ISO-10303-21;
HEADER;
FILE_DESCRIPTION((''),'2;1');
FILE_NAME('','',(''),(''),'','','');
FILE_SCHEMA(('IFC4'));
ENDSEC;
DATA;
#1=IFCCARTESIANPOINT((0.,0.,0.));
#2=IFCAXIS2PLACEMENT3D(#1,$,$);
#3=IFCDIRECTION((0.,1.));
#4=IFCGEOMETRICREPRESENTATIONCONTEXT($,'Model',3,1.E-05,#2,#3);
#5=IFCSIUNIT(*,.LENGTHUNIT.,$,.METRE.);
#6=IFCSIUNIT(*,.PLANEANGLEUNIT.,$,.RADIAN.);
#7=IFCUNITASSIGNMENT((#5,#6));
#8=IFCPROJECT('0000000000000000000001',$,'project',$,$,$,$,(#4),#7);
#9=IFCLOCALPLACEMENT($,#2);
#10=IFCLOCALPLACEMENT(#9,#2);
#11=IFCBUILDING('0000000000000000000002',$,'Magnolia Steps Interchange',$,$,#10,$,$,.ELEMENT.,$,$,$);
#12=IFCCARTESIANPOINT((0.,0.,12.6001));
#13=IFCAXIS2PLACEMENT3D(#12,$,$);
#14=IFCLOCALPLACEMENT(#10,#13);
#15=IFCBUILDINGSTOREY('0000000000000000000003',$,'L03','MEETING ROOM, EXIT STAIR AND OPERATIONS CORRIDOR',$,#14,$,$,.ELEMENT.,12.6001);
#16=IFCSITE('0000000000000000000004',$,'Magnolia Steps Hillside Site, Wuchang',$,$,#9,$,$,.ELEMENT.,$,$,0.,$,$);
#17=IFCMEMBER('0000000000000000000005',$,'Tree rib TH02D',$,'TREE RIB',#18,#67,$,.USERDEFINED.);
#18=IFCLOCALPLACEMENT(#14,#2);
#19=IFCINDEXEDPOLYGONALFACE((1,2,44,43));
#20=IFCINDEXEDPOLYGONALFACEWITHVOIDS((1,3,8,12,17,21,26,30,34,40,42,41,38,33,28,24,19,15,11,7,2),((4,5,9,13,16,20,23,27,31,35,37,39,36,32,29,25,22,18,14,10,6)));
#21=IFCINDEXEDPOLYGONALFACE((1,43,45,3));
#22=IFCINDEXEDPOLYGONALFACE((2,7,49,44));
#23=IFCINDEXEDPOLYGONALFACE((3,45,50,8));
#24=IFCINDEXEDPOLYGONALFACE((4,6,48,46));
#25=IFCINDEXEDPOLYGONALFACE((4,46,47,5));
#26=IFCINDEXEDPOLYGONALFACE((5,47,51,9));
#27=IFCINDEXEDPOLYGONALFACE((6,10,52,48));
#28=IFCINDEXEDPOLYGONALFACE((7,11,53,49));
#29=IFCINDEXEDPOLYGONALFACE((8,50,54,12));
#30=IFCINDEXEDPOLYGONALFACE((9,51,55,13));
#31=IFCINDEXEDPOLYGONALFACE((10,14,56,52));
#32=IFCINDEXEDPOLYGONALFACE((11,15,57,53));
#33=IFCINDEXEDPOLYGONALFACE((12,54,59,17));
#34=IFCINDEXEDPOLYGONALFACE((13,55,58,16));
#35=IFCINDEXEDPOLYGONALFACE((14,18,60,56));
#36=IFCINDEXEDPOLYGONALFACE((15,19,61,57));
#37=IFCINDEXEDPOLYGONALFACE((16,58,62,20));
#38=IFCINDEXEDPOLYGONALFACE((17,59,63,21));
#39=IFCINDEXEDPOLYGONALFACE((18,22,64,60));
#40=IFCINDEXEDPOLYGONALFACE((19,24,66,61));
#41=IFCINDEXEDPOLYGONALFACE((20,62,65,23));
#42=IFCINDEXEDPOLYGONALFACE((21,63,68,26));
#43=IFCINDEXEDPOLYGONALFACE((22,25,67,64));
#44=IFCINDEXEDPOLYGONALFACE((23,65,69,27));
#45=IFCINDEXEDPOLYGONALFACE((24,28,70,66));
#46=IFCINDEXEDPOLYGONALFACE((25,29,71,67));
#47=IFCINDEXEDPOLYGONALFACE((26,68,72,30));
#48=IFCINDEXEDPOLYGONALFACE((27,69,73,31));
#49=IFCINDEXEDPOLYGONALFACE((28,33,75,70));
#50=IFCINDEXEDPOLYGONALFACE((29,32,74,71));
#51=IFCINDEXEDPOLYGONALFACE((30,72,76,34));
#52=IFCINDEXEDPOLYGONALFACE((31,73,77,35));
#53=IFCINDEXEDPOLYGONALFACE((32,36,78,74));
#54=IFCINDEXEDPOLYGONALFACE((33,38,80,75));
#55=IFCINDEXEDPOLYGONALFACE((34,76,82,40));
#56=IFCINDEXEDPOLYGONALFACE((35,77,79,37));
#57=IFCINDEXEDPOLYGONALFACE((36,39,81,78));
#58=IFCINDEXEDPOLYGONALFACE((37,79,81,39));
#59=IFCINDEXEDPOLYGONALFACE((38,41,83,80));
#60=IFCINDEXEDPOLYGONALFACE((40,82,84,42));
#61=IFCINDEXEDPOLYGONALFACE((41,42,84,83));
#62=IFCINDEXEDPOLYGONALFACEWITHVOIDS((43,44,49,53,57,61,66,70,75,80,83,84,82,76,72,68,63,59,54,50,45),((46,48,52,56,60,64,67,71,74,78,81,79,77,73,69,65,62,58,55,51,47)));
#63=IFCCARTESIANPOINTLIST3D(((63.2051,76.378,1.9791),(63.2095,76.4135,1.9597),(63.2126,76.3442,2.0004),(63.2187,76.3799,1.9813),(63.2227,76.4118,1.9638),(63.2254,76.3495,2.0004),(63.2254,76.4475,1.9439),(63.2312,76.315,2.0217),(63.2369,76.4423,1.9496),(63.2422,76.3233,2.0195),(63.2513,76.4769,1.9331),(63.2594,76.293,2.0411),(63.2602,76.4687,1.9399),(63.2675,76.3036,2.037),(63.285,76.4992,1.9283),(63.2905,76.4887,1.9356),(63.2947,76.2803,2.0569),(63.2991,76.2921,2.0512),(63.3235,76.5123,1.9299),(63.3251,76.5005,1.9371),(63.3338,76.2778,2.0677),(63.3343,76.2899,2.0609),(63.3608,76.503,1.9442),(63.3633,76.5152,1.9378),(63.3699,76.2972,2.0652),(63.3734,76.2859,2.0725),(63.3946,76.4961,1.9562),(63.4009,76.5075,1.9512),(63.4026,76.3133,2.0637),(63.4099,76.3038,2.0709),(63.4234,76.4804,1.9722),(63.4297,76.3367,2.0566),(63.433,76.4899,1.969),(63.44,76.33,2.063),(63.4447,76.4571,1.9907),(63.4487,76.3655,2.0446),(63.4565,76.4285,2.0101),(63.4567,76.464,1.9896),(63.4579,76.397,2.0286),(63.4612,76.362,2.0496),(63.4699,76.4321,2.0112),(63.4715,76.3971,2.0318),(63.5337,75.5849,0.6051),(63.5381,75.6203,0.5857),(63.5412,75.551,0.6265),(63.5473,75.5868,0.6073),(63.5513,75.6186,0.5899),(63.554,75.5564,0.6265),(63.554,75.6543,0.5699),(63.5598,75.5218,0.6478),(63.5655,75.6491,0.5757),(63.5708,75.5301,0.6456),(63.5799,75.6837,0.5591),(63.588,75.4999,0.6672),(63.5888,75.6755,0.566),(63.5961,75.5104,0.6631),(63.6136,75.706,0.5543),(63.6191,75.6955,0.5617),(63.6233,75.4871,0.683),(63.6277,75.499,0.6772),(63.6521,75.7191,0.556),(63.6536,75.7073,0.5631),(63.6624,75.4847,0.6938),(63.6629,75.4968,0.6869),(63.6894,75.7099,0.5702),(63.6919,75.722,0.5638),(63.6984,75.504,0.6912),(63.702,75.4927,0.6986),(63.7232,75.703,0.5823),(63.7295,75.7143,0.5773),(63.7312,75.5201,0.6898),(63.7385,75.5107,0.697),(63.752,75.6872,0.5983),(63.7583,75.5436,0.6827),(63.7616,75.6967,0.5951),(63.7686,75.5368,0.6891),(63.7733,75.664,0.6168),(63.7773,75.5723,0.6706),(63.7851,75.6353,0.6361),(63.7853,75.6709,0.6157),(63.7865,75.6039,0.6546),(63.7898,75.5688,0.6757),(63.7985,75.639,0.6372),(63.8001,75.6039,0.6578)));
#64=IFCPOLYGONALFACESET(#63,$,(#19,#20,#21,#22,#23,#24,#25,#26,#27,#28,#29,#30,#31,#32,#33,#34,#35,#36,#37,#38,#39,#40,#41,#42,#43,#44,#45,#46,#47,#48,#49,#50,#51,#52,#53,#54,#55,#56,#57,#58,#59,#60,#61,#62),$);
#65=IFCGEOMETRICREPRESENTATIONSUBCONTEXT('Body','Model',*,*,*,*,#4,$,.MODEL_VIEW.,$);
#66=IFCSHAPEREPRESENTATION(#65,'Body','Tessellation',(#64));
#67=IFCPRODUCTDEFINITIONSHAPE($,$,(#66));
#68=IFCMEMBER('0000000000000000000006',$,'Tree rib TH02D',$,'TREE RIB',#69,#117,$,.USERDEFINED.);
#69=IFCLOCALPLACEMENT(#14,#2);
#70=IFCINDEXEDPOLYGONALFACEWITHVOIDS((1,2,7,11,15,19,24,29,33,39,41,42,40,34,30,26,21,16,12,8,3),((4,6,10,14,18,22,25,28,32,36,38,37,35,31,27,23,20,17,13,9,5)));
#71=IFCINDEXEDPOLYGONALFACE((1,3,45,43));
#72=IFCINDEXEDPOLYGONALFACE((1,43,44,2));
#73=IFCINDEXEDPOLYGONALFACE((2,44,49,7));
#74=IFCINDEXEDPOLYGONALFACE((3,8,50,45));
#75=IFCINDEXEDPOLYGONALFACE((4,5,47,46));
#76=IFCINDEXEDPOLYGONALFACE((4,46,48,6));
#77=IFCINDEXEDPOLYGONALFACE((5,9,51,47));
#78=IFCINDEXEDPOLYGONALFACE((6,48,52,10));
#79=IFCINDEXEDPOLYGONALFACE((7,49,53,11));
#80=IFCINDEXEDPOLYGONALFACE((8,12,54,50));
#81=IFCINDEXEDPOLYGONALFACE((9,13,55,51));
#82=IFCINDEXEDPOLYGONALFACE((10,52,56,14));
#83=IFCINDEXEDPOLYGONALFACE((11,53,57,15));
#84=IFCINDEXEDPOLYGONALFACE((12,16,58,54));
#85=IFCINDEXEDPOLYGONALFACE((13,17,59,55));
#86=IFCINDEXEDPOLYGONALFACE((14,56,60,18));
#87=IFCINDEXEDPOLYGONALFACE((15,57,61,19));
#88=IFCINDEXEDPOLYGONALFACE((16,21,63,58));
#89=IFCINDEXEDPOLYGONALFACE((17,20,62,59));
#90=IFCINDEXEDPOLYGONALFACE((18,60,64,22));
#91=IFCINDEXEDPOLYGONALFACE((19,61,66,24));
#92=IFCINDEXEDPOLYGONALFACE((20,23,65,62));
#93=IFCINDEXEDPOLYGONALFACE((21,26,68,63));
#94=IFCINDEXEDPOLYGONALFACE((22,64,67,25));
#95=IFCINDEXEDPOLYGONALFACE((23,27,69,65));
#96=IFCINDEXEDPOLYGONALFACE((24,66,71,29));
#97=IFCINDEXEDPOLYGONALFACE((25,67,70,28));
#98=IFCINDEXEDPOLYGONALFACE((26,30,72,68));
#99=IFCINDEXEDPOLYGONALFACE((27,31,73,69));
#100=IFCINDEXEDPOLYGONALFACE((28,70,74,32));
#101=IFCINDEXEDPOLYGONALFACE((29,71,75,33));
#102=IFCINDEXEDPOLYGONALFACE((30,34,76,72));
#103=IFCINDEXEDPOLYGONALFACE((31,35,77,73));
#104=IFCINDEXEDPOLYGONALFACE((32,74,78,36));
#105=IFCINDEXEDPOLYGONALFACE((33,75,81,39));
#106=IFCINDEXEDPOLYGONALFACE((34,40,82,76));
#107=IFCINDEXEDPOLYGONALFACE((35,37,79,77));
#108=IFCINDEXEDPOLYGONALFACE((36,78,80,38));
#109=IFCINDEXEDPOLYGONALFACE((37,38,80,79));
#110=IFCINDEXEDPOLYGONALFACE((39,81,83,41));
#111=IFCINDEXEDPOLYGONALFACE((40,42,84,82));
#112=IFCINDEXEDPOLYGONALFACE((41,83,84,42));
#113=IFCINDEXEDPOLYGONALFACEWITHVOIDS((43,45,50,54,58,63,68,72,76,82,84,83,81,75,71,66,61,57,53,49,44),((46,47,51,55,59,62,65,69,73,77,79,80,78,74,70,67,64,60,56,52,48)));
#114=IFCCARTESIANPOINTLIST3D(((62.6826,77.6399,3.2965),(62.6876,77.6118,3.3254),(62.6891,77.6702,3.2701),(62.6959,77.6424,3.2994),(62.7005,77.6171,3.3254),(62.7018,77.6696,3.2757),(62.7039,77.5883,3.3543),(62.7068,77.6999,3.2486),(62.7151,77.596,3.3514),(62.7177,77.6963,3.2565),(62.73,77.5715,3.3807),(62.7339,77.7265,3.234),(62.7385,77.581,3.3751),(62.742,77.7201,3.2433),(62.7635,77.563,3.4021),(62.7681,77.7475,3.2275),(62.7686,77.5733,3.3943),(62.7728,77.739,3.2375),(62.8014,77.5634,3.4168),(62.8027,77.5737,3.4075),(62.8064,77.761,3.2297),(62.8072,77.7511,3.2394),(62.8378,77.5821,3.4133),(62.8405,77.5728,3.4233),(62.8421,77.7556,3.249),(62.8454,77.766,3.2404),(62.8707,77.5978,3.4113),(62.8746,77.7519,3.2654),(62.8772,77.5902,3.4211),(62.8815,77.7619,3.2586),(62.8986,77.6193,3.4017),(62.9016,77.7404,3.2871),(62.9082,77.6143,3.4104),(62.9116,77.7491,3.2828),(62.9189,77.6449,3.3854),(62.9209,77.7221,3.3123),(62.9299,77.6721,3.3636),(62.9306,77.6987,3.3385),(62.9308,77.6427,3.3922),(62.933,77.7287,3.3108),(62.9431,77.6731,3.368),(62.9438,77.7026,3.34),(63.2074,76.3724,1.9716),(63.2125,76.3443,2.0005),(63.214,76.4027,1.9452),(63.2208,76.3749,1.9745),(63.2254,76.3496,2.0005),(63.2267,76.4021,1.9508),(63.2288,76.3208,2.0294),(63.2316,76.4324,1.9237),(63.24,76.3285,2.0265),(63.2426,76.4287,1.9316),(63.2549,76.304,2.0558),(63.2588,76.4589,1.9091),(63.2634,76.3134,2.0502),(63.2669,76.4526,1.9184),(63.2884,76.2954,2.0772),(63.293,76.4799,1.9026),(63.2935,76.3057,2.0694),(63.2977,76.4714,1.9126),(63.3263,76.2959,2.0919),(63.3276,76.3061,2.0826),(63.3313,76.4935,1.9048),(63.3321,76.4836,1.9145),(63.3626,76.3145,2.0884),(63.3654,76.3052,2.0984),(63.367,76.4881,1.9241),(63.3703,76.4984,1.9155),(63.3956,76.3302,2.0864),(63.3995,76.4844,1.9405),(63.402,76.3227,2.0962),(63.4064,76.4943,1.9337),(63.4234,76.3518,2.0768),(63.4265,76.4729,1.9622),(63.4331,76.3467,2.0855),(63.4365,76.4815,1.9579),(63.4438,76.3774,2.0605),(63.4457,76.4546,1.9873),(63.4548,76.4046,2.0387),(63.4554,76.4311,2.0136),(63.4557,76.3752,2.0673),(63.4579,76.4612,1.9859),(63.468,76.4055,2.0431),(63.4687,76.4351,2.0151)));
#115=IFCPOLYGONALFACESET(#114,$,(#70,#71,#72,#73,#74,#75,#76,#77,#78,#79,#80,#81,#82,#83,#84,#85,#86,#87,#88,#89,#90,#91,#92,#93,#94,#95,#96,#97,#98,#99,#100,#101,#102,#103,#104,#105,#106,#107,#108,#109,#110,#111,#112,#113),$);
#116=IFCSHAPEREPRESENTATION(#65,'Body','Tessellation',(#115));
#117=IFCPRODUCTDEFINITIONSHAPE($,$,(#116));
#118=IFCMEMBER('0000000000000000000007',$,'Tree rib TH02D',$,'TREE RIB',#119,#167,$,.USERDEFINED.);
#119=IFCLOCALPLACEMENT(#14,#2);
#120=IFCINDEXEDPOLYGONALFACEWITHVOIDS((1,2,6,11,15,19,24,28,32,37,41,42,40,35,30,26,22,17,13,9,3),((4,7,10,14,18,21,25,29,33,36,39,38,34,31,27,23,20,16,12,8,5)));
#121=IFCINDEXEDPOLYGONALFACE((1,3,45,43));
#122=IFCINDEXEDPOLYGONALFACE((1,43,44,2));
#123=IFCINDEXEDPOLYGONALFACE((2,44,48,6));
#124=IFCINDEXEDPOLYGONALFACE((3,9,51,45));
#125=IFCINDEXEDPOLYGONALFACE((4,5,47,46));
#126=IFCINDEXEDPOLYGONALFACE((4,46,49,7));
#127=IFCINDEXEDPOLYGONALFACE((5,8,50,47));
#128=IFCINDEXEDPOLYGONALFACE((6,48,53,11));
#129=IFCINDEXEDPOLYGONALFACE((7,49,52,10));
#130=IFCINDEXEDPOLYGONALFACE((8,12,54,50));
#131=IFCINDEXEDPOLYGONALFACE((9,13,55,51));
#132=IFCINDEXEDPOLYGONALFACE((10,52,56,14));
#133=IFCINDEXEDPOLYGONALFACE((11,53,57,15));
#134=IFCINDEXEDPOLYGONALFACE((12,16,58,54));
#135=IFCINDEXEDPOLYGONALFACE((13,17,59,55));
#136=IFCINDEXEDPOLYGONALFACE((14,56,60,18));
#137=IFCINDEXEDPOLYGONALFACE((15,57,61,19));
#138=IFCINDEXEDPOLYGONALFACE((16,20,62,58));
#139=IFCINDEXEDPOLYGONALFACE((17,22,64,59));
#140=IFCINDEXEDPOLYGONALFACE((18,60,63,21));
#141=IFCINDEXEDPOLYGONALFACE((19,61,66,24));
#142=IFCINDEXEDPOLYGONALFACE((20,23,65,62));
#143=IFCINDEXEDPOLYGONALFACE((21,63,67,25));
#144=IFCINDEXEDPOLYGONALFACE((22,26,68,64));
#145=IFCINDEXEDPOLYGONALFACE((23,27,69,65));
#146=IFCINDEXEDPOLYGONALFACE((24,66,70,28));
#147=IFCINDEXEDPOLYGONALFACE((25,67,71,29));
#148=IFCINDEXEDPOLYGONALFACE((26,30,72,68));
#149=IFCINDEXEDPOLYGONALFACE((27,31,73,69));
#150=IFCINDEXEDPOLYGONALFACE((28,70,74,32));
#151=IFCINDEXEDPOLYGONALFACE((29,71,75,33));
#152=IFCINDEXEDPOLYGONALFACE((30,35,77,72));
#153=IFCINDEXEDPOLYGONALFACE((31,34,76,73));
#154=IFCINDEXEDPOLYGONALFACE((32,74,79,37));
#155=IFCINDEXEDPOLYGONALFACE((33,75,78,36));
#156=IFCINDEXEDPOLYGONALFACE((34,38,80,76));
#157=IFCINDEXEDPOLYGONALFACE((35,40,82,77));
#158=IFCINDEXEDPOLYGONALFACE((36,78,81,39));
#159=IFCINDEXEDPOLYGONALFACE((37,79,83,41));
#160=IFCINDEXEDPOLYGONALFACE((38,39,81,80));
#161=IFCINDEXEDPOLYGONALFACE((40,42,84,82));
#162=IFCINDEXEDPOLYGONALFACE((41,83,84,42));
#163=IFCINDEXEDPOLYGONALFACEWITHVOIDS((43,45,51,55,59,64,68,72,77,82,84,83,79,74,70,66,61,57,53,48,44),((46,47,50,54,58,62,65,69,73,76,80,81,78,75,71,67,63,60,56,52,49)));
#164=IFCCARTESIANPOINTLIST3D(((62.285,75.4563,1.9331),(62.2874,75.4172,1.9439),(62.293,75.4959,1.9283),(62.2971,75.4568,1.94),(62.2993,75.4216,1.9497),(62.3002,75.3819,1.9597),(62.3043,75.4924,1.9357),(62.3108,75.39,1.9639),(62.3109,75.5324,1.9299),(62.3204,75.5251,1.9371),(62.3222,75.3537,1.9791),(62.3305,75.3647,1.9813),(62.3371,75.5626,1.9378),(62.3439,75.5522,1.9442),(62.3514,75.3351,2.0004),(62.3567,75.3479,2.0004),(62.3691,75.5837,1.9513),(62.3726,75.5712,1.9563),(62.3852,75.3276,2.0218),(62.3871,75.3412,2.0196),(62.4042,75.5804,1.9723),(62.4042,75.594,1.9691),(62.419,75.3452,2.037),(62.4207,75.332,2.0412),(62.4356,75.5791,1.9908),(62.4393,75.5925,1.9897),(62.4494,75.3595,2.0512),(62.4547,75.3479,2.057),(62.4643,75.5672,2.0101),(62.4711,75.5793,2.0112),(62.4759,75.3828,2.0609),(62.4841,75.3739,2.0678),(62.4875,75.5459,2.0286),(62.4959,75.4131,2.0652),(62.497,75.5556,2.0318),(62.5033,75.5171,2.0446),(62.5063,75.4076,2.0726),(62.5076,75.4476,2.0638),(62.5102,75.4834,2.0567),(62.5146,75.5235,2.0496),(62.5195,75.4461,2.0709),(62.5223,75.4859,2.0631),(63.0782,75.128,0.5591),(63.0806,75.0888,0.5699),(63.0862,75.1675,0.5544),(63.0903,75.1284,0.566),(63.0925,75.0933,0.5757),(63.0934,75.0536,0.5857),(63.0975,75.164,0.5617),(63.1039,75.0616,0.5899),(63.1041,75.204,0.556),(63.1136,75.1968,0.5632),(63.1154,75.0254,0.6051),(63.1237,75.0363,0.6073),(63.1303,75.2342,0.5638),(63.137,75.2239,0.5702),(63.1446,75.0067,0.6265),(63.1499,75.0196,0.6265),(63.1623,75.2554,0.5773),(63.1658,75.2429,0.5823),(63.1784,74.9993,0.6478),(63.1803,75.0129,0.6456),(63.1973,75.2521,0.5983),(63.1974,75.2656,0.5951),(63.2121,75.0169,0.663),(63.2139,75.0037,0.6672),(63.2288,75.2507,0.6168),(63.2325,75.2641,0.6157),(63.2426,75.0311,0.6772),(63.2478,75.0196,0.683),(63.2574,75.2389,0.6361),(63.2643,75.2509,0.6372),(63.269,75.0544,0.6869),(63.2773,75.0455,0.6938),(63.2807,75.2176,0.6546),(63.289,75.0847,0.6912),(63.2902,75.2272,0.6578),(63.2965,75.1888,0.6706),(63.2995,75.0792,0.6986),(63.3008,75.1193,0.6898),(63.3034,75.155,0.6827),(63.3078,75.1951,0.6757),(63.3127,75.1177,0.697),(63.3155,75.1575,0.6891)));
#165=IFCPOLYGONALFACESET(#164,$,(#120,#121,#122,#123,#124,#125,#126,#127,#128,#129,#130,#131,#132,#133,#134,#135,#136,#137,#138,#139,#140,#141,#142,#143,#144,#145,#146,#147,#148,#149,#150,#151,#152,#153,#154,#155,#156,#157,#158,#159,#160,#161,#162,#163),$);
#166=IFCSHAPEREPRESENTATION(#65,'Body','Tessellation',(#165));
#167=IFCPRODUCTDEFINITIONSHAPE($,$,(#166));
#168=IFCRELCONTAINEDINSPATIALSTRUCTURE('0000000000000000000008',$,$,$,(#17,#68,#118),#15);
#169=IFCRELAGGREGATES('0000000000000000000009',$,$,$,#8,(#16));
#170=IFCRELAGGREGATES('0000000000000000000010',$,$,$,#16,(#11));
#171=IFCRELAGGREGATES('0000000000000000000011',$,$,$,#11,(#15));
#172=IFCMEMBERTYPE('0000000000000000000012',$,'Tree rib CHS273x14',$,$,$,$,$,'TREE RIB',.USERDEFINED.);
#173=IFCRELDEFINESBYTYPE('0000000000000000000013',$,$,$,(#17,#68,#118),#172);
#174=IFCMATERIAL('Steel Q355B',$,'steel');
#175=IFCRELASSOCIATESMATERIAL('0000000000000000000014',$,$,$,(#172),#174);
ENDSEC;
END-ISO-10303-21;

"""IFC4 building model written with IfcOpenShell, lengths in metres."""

from ifc_helpers import new_model, si_unit, direction, frame, origin, origin_2d, place, context, subcontext, project, spatial, hollow_circle, extrude, material, material_profile, profile_set, type_object, element, save


model = new_model("IFC4")

# Units and contexts
model_context = context("Model", 3, precision=1e-05, world=origin(), true_north=direction((0.0, 1.0)))
body_context = subcontext(model_context, "Body", "Model", "MODEL_VIEW")
ifc_project = project(units=[si_unit("LENGTHUNIT", "METRE"), si_unit("PLANEANGLEUNIT", "RADIAN")], contexts=[model_context])

# Site, building, storey
site_placement = place(None, origin())
site = spatial("IfcSite", under=ifc_project, at=site_placement, Name="Magnolia Steps Hillside Site, Wuchang", CompositionType="ELEMENT", RefElevation=0.0)
building_placement = place(site_placement, origin())
building = spatial("IfcBuilding", under=site, at=building_placement, Name="Magnolia Steps Interchange", CompositionType="ELEMENT")
storey_placement = place(building_placement, frame((0.0, 0.0, 12.6001)))
storey = spatial("IfcBuildingStorey", under=building, at=storey_placement, Name="L03", Description="MEETING ROOM, EXIT STAIR AND OPERATIONS CORRIDOR", CompositionType="ELEMENT", Elevation=12.6001)

# Members
ifc_material_1 = material(Name="Steel Q355B", Category="steel")
ifc_material_profile_1 = material_profile(ifc_material_1, hollow_circle(Radius=0.1365, WallThickness=0.0139, at=origin_2d()), Name="CHS273x14")
ifc_profile_set_1 = profile_set([ifc_material_profile_1], Name="Steel Q355B")
member_type = type_object("IfcMemberType", Name="Tree rib CHS273x14", ElementType="TREE RIB", PredefinedType="USERDEFINED", material=ifc_profile_set_1)
member_1_placement = place(storey_placement, frame((63.6672, 75.6033, 0.6265), z_axis=(-0.20282, 0.489571, 0.848047), x_axis=(-0.923857, -0.382737, 0.0)))
element("IfcMember", 1, at=member_1_placement, inside=storey, type_object=member_type, Name="Tree rib TH02D", ObjectType="TREE RIB", PredefinedType="USERDEFINED", context=body_context, shape_type="SweptSolid", body=[
    extrude(hollow_circle(Radius=0.1365, WallThickness=0.0139, at=origin_2d()), origin(), (0.0, 0.0, 1.0), 1.6201),
])
member_2_placement = place(storey_placement, frame((63.3386, 76.3965, 2.0005), z_axis=(-0.275208, 0.664595, 0.694676), x_axis=(-0.923917, -0.382593, 0.0)))
element("IfcMember", 2, at=member_2_placement, inside=storey, type_object=member_type, Name="Tree rib TH02D", ObjectType="TREE RIB", PredefinedType="USERDEFINED", context=body_context, shape_type="SweptSolid", body=[
    extrude(hollow_circle(Radius=0.1365, WallThickness=0.0139, at=origin_2d()), origin(), (0.0, 0.0, 1.0), 1.9072),
])
member_3_placement = place(storey_placement, frame((63.1968, 75.1328, 0.6265), z_axis=(-0.489586, 0.202676, 0.848073), x_axis=(-0.382494, -0.923958, 0.0)))
element("IfcMember", 3, at=member_3_placement, inside=storey, type_object=member_type, Name="Tree rib TH02D", ObjectType="TREE RIB", PredefinedType="USERDEFINED", context=body_context, shape_type="SweptSolid", body=[
    extrude(hollow_circle(Radius=0.1365, WallThickness=0.0139, at=origin_2d()), origin(), (0.0, 0.0, 1.0), 1.6201),
])

save(model, "model.ifc")
